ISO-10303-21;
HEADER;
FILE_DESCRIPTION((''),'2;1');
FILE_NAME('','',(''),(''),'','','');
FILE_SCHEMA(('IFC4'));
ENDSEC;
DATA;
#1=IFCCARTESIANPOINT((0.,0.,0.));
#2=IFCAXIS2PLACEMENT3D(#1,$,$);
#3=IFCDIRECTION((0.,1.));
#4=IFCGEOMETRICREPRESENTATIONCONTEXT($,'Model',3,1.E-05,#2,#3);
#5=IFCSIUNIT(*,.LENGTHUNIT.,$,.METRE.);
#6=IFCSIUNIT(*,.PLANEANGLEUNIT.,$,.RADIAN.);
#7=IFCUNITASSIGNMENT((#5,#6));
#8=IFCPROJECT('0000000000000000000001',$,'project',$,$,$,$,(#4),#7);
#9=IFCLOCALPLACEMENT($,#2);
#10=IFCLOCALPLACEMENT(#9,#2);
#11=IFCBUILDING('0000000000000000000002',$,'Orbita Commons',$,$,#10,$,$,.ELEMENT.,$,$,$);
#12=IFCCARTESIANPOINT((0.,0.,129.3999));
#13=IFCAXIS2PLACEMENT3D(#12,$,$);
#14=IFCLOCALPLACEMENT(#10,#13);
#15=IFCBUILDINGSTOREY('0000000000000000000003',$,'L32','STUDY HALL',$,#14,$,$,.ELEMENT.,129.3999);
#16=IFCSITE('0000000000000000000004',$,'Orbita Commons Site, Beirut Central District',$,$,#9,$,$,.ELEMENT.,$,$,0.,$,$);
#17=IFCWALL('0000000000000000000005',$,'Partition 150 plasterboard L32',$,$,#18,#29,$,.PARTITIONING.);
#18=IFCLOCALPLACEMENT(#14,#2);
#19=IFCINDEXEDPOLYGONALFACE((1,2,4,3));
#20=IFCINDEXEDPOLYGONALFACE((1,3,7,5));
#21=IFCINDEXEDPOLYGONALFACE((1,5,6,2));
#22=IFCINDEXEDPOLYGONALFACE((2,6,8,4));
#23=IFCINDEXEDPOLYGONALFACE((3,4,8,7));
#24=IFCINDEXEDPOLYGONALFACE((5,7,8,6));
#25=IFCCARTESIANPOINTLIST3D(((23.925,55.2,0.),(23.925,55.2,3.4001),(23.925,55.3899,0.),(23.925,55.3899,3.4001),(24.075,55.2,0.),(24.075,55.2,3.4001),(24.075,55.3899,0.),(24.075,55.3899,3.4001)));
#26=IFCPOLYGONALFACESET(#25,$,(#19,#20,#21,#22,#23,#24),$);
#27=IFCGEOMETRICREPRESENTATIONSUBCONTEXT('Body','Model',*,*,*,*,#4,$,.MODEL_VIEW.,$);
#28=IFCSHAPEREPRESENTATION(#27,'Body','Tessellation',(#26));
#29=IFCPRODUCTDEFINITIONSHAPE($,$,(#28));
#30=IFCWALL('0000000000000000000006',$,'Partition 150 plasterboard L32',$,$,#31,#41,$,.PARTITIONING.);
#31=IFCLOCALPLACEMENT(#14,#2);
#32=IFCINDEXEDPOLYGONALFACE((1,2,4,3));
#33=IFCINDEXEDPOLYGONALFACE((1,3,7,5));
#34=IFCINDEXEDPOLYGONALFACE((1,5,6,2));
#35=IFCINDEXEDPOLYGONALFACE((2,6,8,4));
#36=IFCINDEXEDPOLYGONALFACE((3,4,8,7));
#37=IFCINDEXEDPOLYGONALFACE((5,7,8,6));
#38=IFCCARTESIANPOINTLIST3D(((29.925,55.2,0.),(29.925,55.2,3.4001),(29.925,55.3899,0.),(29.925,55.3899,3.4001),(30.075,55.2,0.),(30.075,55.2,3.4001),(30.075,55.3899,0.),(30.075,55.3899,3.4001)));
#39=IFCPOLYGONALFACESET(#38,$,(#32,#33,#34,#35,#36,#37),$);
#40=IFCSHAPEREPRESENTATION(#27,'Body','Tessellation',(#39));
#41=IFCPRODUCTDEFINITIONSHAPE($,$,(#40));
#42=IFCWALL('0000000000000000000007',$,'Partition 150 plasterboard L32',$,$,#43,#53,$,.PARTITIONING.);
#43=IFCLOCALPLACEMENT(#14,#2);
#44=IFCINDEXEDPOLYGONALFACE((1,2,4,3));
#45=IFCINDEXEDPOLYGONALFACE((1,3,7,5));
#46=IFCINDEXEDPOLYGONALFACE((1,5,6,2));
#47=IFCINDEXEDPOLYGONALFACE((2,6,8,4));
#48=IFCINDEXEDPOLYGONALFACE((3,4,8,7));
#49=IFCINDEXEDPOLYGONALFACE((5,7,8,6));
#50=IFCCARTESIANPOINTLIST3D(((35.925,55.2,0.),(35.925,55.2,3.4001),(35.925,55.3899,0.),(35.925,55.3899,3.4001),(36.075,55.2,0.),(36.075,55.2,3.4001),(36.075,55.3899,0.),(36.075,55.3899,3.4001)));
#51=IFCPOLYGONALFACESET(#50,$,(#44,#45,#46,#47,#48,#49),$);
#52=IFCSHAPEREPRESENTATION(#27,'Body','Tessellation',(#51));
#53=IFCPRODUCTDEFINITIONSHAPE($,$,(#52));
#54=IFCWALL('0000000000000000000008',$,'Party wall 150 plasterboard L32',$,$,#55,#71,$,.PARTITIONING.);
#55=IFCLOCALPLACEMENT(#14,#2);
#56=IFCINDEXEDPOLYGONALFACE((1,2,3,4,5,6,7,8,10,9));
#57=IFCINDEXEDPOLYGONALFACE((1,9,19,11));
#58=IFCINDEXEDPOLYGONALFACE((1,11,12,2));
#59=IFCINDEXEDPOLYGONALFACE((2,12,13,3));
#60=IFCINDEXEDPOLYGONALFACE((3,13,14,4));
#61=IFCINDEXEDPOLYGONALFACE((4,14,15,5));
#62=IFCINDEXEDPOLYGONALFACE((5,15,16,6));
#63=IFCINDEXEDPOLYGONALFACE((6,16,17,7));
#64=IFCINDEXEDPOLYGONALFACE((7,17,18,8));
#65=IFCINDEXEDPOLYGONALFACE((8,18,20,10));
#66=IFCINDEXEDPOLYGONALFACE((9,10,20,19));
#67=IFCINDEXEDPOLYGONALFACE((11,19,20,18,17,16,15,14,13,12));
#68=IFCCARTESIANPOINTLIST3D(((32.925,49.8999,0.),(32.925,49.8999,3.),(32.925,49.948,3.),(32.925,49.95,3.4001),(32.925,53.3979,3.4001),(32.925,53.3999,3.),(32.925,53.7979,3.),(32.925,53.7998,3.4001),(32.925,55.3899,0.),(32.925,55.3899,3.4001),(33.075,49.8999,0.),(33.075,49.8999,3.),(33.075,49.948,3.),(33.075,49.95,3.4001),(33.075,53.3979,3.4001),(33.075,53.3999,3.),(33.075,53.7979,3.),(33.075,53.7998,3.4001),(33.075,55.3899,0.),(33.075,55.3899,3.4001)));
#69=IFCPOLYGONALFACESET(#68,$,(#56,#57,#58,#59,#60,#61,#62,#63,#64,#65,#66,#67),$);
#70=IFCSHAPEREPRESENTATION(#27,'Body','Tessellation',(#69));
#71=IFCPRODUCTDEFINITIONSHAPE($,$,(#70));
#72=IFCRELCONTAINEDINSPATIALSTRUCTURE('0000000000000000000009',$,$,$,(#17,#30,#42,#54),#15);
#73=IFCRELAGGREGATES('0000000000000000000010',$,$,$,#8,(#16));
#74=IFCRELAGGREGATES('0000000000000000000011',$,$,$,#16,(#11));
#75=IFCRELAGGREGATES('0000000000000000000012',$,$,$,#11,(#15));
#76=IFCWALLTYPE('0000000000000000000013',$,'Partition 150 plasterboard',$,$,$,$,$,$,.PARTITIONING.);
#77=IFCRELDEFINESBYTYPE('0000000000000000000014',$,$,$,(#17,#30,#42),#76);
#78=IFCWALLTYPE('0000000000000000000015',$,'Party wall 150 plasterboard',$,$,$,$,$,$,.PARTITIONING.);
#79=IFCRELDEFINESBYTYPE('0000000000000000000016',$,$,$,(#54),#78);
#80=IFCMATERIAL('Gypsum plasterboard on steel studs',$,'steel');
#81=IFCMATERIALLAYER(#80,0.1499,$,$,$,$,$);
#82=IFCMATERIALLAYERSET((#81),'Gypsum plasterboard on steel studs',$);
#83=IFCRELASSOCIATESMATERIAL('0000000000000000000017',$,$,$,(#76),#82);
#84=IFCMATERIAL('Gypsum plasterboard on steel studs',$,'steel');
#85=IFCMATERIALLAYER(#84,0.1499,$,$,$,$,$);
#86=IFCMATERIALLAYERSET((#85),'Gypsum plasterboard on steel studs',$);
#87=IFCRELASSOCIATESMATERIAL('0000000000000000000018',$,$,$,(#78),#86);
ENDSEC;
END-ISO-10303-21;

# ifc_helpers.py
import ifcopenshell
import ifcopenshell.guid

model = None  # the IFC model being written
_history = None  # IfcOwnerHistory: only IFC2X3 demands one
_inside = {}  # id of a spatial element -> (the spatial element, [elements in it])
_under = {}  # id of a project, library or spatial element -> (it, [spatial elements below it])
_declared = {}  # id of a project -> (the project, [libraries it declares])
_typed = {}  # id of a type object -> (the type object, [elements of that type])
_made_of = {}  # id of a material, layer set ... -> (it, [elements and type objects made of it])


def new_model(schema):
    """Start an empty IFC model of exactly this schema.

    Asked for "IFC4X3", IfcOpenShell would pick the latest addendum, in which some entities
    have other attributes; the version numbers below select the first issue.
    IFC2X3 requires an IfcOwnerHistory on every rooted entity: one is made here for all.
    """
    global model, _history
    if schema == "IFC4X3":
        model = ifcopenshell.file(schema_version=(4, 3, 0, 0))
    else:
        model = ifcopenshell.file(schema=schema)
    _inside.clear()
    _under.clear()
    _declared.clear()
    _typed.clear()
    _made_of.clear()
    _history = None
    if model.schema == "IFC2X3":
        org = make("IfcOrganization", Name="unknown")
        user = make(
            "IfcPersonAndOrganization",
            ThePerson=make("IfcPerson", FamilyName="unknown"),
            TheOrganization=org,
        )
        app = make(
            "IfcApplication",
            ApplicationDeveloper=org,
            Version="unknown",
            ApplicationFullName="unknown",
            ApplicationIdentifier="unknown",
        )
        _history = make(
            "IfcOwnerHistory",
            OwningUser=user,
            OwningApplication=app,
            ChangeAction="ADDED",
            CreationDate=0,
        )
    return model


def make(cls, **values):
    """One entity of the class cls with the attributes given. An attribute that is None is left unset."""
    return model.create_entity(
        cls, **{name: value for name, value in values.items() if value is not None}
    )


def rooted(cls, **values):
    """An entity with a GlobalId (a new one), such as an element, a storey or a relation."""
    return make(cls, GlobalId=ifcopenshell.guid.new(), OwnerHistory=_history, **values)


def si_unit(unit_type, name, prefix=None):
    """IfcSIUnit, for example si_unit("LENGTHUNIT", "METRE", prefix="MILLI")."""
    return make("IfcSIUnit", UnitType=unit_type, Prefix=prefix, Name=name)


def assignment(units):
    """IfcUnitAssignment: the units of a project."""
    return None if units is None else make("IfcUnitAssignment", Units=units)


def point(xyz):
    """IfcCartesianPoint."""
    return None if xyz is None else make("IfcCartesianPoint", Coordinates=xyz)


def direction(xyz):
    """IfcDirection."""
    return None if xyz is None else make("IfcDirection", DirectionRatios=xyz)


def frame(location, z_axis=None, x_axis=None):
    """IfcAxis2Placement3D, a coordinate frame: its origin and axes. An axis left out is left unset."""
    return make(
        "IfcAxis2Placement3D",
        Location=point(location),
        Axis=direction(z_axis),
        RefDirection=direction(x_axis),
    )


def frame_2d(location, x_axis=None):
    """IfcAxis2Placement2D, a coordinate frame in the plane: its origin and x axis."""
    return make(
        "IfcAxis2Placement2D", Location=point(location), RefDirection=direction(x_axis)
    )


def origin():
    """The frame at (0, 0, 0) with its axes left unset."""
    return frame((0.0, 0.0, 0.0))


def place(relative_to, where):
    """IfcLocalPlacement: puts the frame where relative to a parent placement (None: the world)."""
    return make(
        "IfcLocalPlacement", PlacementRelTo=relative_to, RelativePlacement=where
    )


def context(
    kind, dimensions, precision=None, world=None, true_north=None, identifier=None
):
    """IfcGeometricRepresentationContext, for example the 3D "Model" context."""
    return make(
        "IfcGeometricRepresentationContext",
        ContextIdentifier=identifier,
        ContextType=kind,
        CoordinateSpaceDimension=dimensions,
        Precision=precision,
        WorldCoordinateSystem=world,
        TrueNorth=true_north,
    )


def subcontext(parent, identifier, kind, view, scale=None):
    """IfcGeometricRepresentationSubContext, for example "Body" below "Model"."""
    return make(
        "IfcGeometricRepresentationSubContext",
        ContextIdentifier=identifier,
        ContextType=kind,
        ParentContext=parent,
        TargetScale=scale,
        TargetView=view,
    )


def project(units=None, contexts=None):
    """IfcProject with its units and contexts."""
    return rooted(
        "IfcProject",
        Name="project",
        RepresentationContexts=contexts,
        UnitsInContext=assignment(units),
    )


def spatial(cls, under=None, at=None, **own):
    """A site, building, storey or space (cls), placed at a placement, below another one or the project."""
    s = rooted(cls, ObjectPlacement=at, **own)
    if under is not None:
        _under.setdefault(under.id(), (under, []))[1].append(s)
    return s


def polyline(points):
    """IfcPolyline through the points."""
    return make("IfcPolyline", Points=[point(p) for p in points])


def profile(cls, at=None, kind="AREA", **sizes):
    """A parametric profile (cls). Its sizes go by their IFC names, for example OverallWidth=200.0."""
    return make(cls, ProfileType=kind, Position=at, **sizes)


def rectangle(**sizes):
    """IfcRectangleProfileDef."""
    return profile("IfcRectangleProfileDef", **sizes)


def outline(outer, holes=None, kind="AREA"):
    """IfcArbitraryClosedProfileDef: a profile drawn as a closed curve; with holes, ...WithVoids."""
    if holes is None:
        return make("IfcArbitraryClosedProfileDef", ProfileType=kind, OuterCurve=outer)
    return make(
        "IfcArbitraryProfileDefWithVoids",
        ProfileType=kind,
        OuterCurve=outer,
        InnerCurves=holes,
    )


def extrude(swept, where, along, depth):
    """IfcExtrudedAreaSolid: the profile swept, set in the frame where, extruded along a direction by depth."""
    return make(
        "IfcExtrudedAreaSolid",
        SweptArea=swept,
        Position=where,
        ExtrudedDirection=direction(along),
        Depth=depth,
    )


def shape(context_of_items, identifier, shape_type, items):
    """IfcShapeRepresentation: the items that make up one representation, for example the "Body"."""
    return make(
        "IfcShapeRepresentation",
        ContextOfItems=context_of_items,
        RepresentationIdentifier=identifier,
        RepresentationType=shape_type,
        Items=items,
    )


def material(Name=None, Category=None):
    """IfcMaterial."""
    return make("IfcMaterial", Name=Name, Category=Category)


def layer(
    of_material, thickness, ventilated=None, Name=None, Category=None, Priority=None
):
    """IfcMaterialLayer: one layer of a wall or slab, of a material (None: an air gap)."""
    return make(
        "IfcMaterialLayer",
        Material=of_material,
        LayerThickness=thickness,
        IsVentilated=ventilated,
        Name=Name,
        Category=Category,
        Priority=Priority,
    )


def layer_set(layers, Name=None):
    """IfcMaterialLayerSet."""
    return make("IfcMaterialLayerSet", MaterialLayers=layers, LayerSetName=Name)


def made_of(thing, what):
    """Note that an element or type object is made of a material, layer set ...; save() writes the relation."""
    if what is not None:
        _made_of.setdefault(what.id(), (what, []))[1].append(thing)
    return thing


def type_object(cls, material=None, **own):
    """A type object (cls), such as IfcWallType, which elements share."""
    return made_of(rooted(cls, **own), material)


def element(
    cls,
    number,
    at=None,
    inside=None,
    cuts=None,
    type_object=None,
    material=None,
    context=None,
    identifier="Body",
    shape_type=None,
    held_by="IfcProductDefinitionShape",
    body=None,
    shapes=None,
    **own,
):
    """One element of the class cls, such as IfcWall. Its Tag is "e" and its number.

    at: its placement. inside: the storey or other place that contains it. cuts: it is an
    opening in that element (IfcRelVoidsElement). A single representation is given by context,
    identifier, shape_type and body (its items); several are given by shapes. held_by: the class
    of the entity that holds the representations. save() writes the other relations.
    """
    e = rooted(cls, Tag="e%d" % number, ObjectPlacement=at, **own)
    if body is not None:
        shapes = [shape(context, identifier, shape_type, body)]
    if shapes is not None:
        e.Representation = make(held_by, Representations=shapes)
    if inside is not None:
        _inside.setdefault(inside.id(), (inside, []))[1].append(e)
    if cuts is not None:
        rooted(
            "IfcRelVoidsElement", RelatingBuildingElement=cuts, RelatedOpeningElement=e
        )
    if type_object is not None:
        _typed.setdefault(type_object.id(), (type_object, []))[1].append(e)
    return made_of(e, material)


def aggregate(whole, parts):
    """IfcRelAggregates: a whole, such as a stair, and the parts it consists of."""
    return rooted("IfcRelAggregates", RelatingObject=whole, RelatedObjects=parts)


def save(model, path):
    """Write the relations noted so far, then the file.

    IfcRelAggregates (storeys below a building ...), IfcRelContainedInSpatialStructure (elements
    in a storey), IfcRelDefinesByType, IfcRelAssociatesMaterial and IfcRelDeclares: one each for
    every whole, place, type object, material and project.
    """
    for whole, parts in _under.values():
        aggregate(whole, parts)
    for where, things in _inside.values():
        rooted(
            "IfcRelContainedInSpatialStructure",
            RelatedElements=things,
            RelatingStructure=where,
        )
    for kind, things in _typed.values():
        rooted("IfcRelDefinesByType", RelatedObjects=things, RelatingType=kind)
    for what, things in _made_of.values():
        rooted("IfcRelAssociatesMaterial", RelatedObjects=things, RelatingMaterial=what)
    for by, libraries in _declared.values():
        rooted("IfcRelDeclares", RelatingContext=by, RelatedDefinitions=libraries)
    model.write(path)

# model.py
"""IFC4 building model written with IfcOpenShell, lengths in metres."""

from ifc_helpers import new_model, si_unit, direction, frame, frame_2d, origin, place, context, subcontext, project, spatial, polyline, rectangle, outline, extrude, material, layer, layer_set, type_object, element, save


model = new_model("IFC4")

# Units and contexts
model_context = context("Model", 3, precision=1e-05, world=origin(), true_north=direction((0.0, 1.0)))
body_context = subcontext(model_context, "Body", "Model", "MODEL_VIEW")
ifc_project = project(units=[si_unit("LENGTHUNIT", "METRE"), si_unit("PLANEANGLEUNIT", "RADIAN")], contexts=[model_context])

# Site, building, storey
site_placement = place(None, origin())
site = spatial("IfcSite", under=ifc_project, at=site_placement, Name="Orbita Commons Site, Beirut Central District", CompositionType="ELEMENT", RefElevation=0.0)
building_placement = place(site_placement, origin())
building = spatial("IfcBuilding", under=site, at=building_placement, Name="Orbita Commons", CompositionType="ELEMENT")
storey_placement = place(building_placement, frame((0.0, 0.0, 129.3999)))
storey = spatial("IfcBuildingStorey", under=building, at=storey_placement, Name="L32", Description="STUDY HALL", CompositionType="ELEMENT", Elevation=129.3999)

# Walls
ifc_material_1 = material(Name="Gypsum plasterboard on steel studs", Category="steel")
ifc_layer_1 = layer(ifc_material_1, 0.1499)
ifc_layer_set_1 = layer_set([ifc_layer_1], Name="Gypsum plasterboard on steel studs")
wall_type_1 = type_object("IfcWallType", Name="Partition 150 plasterboard", PredefinedType="PARTITIONING", material=ifc_layer_set_1)
for number, where, z_axis, x_axis, name in (
    (1, (24.0, 55.2, 0.0), (0.0, 0.0, 1.0), (0.0, 1.0, 0.0), "Partition 150 plasterboard L32"),
    (2, (30.0, 55.2, 0.0), (0.0, 0.0, 1.0), (0.0, 1.0, 0.0), "Partition 150 plasterboard L32"),
    (3, (36.0, 55.2, 0.0), (0.0, 0.0, 1.0), (0.0, 1.0, 0.0), "Partition 150 plasterboard L32"),
):
    element("IfcWall", number, at=place(storey_placement, frame(where, z_axis=z_axis, x_axis=x_axis)), inside=storey, type_object=wall_type_1, Name=name, PredefinedType="PARTITIONING", context=body_context, shape_type="SweptSolid", body=[
        extrude(rectangle(XDim=0.1899, YDim=0.1499, at=frame_2d((0.095, 0.0))), origin(), (0.0, 0.0, 1.0), 3.4001),
    ])
ifc_material_2 = material(Name="Gypsum plasterboard on steel studs", Category="steel")
ifc_layer_2 = layer(ifc_material_2, 0.1499)
ifc_layer_set_2 = layer_set([ifc_layer_2], Name="Gypsum plasterboard on steel studs")
wall_type_2 = type_object("IfcWallType", Name="Party wall 150 plasterboard", PredefinedType="PARTITIONING", material=ifc_layer_set_2)
wall_1_placement = place(storey_placement, frame((33.0, 55.3899, 0.0), z_axis=(0.0, 0.0, 1.0), x_axis=(0.0, -1.0, 0.0)))
element("IfcWall", 4, at=wall_1_placement, inside=storey, type_object=wall_type_2, Name="Party wall 150 plasterboard L32", PredefinedType="PARTITIONING", context=body_context, shape_type="SweptSolid", body=[
    extrude(outline(polyline([(0.0, 0.0), (5.49, 0.0), (5.49, 3.0), (5.4419, 3.0), (5.4399, 3.4001), (1.9919, 3.4001), (1.99, 3.0), (1.592, 3.0), (1.5901, 3.4001), (0.0, 3.4001), (0.0, 0.0)])), frame((0.0, 0.075, 0.0), z_axis=(0.0, -1.0, 0.0), x_axis=(1.0, 0.0, 0.0)), (0.0, 0.0, 1.0), 0.1499),
])

save(model, "model.ifc")
